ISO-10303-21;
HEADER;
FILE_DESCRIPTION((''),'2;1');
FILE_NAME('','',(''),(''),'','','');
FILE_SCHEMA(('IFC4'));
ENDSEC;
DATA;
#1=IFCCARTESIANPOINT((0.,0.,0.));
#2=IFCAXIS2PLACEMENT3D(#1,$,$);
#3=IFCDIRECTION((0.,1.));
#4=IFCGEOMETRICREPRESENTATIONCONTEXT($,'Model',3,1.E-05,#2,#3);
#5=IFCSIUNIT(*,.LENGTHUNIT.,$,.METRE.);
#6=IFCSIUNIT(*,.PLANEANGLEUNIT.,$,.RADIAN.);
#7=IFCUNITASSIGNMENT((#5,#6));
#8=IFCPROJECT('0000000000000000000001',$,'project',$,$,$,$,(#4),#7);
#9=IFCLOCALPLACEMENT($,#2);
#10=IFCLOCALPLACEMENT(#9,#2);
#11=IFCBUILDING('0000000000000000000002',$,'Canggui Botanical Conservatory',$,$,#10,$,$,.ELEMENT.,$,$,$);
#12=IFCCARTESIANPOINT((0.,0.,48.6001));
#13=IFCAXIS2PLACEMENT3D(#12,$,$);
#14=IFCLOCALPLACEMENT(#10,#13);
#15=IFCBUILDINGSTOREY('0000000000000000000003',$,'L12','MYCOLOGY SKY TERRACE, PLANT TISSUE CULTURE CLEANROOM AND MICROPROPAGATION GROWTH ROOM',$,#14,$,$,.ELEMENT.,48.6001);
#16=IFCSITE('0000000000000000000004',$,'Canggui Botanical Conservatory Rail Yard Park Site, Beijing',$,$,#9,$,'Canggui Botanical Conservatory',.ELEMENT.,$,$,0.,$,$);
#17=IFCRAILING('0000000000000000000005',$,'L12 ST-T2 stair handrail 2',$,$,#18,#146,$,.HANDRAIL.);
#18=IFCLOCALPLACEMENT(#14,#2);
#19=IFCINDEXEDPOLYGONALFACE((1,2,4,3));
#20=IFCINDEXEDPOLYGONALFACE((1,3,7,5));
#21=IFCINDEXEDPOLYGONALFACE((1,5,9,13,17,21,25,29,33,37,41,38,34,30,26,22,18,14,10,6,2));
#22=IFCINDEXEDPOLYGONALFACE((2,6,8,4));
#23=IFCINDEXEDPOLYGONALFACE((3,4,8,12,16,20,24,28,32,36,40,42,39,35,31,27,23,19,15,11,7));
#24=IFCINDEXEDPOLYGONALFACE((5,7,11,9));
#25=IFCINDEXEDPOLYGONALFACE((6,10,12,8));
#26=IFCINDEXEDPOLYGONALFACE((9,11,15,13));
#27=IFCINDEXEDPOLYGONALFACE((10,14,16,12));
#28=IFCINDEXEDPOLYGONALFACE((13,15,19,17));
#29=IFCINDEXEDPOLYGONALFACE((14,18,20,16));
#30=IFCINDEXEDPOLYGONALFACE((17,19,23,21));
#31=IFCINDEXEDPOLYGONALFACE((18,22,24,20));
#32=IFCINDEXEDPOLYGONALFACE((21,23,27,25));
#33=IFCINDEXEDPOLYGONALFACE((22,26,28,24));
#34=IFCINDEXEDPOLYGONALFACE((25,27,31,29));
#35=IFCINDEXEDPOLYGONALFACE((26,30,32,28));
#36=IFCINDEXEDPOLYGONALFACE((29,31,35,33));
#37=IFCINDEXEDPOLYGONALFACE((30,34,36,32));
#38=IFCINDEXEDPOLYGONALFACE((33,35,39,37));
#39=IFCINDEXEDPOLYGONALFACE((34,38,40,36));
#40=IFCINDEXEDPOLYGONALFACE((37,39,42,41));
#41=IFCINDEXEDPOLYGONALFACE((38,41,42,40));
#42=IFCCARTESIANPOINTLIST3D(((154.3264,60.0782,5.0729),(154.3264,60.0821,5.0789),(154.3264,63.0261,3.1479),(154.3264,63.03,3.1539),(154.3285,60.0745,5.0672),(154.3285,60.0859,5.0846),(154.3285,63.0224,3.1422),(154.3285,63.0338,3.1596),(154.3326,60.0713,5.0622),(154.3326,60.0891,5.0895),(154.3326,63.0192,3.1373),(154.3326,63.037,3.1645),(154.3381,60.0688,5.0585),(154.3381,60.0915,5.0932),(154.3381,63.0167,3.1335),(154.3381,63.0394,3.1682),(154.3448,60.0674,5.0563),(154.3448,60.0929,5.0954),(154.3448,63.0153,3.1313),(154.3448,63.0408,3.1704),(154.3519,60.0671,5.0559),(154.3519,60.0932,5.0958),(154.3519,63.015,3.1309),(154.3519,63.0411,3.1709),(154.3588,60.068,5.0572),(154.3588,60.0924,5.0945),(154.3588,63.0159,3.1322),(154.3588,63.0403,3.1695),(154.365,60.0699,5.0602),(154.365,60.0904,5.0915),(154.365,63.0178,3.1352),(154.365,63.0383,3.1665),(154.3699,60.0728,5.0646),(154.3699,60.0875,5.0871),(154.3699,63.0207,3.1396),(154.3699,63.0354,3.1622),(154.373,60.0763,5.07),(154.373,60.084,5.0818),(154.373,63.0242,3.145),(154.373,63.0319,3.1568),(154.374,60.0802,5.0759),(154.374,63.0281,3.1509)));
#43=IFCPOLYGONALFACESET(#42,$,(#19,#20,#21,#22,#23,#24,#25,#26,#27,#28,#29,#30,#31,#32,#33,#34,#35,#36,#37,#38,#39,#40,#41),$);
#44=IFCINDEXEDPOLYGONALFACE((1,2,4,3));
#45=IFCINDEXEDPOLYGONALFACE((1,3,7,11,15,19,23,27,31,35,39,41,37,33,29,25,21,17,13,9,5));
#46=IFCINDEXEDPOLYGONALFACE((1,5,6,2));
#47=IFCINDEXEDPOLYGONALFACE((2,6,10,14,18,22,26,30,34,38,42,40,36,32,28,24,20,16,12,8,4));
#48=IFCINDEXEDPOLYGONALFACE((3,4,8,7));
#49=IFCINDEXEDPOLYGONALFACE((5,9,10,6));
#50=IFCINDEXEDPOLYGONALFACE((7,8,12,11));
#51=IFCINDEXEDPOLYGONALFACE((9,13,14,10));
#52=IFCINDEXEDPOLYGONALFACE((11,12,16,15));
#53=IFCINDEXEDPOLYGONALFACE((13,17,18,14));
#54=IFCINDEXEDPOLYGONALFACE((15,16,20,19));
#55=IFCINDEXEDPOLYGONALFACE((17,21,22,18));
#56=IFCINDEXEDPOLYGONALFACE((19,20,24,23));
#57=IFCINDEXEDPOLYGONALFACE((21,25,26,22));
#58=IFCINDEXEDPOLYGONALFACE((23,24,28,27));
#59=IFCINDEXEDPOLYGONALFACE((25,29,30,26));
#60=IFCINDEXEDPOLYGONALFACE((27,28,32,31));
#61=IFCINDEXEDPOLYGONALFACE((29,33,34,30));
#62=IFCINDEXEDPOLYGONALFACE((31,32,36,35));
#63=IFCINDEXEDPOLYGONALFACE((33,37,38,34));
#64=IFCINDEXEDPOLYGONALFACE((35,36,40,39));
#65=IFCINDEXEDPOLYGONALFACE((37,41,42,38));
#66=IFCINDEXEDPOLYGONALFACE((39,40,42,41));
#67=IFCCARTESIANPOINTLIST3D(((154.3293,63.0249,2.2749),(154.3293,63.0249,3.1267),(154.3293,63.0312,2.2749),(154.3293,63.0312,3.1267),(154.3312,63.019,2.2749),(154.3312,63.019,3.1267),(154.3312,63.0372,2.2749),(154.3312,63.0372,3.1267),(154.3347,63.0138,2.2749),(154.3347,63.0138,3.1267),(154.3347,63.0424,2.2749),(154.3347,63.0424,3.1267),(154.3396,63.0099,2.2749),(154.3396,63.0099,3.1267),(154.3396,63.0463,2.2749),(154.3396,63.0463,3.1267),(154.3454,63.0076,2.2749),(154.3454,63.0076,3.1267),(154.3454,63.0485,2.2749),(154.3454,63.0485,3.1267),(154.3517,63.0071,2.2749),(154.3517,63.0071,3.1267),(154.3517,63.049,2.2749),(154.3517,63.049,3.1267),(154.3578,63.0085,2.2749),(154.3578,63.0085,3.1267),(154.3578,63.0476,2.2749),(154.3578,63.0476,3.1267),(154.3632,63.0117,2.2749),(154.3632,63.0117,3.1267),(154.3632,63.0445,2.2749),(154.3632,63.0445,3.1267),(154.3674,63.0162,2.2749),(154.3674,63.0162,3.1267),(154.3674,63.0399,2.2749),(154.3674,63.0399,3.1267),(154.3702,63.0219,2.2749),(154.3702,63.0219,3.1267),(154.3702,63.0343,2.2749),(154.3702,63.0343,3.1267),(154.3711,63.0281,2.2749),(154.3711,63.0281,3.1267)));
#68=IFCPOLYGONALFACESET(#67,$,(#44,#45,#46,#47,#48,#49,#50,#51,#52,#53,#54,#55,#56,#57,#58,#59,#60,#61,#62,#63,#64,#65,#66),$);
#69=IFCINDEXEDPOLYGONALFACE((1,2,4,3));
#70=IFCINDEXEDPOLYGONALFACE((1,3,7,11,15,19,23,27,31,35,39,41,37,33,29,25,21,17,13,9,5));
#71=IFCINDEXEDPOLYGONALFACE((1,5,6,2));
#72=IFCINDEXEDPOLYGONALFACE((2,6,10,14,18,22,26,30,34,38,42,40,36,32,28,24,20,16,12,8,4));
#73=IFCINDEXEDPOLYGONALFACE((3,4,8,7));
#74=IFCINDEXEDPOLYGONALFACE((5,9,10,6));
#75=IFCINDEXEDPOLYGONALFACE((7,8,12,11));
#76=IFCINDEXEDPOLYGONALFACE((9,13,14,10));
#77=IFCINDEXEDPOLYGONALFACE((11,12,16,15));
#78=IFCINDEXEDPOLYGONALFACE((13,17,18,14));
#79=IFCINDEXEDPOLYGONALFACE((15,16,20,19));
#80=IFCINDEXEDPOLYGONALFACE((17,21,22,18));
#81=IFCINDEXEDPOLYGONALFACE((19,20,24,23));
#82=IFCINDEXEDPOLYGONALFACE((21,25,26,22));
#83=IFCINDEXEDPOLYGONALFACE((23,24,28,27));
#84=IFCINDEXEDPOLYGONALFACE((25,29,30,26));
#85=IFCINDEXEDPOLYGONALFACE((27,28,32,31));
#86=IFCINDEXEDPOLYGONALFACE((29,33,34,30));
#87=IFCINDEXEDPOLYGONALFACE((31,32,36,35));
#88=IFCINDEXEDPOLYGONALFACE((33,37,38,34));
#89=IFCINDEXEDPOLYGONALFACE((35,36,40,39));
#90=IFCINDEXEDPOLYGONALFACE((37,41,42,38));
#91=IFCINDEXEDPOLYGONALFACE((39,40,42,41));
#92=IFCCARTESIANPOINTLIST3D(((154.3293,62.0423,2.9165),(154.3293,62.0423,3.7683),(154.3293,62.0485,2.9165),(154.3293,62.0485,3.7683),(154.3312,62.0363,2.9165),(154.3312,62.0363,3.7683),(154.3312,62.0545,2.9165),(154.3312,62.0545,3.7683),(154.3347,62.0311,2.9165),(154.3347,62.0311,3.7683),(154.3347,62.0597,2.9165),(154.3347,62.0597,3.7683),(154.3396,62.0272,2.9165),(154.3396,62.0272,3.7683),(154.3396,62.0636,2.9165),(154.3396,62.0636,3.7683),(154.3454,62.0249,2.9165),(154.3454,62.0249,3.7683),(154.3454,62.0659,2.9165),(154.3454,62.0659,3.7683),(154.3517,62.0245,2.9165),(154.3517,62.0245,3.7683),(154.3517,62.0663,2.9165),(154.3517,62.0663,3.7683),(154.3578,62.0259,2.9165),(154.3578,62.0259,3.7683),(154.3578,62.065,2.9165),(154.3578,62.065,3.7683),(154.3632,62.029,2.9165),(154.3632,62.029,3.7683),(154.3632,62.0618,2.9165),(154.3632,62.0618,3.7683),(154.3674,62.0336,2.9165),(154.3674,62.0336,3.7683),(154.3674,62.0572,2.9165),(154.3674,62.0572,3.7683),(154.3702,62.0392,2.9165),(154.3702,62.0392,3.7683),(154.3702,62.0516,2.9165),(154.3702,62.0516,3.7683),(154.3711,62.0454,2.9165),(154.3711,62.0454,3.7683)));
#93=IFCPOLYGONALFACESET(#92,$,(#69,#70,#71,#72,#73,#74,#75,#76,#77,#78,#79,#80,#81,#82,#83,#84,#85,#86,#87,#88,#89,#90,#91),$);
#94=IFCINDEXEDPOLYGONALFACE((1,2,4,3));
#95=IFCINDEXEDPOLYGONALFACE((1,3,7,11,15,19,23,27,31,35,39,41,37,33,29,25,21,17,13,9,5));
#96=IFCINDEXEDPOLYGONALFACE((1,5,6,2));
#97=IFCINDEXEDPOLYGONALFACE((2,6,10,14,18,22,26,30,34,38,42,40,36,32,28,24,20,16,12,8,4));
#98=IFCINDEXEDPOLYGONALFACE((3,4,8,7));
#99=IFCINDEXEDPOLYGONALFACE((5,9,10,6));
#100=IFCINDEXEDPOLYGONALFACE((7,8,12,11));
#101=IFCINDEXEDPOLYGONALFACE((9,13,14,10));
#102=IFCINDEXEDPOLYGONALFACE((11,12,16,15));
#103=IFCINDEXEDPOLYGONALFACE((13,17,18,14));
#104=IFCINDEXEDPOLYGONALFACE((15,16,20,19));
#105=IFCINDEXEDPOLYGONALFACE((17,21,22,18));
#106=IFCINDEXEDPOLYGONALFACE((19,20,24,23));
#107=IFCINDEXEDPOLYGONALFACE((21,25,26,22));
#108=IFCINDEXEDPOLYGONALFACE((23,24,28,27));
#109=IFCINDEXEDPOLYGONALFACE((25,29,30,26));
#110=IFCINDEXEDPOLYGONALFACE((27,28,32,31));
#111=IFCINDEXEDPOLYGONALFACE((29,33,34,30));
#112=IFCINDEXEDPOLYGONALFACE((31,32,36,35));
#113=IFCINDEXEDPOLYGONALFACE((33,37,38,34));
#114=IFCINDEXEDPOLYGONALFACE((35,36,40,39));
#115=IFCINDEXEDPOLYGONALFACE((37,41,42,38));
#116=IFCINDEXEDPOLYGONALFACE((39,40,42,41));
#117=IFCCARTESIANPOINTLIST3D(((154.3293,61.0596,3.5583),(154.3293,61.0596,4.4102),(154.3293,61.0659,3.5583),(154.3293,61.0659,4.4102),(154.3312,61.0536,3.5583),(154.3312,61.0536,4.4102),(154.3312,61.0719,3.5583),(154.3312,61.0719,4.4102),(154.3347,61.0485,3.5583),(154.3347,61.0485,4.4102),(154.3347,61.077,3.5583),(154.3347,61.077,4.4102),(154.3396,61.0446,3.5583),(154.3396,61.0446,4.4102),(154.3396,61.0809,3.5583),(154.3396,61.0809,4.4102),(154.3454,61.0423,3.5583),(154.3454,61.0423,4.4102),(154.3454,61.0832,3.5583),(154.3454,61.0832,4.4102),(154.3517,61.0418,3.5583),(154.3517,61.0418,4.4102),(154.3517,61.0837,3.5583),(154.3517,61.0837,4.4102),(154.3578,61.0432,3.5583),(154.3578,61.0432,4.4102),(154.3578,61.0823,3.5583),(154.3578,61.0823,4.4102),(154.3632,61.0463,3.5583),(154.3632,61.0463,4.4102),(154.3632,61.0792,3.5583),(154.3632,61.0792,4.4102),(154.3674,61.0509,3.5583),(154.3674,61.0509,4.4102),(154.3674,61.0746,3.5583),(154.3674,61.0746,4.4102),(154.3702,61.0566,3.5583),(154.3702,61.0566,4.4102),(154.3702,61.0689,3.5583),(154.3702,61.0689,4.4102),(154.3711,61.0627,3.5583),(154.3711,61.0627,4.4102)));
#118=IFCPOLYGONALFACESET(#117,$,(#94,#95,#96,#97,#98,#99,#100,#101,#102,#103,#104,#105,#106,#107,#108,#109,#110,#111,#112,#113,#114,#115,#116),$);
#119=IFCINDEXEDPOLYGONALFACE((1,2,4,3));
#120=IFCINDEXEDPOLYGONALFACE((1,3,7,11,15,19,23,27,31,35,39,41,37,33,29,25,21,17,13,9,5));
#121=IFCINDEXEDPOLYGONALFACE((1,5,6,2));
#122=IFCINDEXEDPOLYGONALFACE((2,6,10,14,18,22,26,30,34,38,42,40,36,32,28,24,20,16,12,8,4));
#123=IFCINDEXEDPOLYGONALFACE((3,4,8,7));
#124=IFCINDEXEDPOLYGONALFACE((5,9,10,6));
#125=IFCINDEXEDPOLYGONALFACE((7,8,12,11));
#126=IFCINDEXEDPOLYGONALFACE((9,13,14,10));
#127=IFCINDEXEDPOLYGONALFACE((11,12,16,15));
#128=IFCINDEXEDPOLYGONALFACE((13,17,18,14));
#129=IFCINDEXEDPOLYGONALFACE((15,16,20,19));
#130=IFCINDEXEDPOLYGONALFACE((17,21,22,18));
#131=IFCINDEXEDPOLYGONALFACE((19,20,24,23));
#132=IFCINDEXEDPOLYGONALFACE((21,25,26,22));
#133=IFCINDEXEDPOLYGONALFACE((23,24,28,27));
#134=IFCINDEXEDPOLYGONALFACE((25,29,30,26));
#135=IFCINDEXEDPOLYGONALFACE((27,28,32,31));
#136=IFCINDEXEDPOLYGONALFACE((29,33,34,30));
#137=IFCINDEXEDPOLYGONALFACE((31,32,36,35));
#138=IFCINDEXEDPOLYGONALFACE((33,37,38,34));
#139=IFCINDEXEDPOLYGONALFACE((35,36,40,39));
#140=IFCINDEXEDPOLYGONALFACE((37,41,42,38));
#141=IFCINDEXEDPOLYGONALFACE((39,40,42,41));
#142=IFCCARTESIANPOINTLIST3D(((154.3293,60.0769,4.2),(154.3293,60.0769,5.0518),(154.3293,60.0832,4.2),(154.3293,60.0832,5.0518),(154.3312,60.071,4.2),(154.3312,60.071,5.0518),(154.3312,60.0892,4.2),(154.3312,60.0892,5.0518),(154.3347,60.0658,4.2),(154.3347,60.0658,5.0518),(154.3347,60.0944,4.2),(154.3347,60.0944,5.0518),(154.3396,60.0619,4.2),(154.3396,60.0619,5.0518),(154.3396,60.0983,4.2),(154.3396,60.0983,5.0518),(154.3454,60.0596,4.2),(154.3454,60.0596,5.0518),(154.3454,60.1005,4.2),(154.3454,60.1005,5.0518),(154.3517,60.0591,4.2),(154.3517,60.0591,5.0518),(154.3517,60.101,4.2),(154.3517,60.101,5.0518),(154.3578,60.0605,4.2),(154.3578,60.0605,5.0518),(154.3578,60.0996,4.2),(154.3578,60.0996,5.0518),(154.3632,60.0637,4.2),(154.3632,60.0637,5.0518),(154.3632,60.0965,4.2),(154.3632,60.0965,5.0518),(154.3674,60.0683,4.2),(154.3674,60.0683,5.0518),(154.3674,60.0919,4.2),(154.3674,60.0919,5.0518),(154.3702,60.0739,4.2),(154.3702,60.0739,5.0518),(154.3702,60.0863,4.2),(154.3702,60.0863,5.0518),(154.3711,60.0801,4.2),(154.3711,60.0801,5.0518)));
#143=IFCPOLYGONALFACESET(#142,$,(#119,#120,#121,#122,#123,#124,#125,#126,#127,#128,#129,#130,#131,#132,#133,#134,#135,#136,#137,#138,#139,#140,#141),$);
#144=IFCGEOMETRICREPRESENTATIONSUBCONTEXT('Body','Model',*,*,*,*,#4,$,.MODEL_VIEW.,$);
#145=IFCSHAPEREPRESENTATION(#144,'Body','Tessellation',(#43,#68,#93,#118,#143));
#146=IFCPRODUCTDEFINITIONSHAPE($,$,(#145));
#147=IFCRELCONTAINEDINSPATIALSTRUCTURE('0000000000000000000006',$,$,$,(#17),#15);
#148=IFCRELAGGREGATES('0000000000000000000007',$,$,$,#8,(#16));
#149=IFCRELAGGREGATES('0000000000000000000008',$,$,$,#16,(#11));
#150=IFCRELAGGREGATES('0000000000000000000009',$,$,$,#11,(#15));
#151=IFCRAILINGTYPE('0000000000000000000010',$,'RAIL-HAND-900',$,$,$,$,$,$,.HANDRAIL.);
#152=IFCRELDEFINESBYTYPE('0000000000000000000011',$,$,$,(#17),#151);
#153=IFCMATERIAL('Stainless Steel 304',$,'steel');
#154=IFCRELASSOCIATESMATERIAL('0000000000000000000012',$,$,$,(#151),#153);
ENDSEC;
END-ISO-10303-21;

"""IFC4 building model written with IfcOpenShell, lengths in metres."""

from ifc_helpers import new_model, si_unit, direction, frame, origin, origin_2d, place, context, subcontext, project, spatial, circle, extrude, material, type_object, element, save


model = new_model("IFC4")

# Units and contexts
model_context = context("Model", 3, precision=1e-05, world=origin(), true_north=direction((0.0, 1.0)))
body_context = subcontext(model_context, "Body", "Model", "MODEL_VIEW")
ifc_project = project(units=[si_unit("LENGTHUNIT", "METRE"), si_unit("PLANEANGLEUNIT", "RADIAN")], contexts=[model_context])

# Site, building, storey
site_placement = place(None, origin())
site = spatial("IfcSite", under=ifc_project, at=site_placement, Name="Canggui Botanical Conservatory Rail Yard Park Site, Beijing", LongName="Canggui Botanical Conservatory", CompositionType="ELEMENT", RefElevation=0.0)
building_placement = place(site_placement, origin())
building = spatial("IfcBuilding", under=site, at=building_placement, Name="Canggui Botanical Conservatory", CompositionType="ELEMENT")
storey_placement = place(building_placement, frame((0.0, 0.0, 48.6001)))
storey = spatial("IfcBuildingStorey", under=building, at=storey_placement, Name="L12", Description="MYCOLOGY SKY TERRACE, PLANT TISSUE CULTURE CLEANROOM AND MICROPROPAGATION GROWTH ROOM", CompositionType="ELEMENT", Elevation=48.6001)

# Railing
ifc_material_1 = material(Name="Stainless Steel 304", Category="steel")
railing_type_1 = type_object("IfcRailingType", Name="RAIL-HAND-900", PredefinedType="HANDRAIL", material=ifc_material_1)
railing_1_placement = place(storey_placement, frame((154.3501, 63.0281, 2.2749)))
element("IfcRailing", 1, at=railing_1_placement, inside=storey, type_object=railing_type_1, Name="L12 ST-T2 stair handrail 2", PredefinedType="HANDRAIL", context=body_context, shape_type="SweptSolid", body=[
    extrude(circle(Radius=0.0239, at=origin_2d()), frame((0.0, 0.0, 0.876), z_axis=(0.0, -0.837293, 0.546754), x_axis=(1.0, 0.0, 0.0)), (0.0, 0.0, 1.0), 3.5208),
    extrude(circle(Radius=0.021, at=origin_2d()), origin(), (0.0, 0.0, 1.0), 0.8518),
    extrude(circle(Radius=0.021, at=origin_2d()), frame((0.0, -0.9827, 0.6416)), (0.0, 0.0, 1.0), 0.8518),
    extrude(circle(Radius=0.021, at=origin_2d()), frame((0.0, -1.9653, 1.2834)), (0.0, 0.0, 1.0), 0.8518),
    extrude(circle(Radius=0.021, at=origin_2d()), frame((0.0, -2.948, 1.925)), (0.0, 0.0, 1.0), 0.8518),
])

save(model, "model.ifc")
